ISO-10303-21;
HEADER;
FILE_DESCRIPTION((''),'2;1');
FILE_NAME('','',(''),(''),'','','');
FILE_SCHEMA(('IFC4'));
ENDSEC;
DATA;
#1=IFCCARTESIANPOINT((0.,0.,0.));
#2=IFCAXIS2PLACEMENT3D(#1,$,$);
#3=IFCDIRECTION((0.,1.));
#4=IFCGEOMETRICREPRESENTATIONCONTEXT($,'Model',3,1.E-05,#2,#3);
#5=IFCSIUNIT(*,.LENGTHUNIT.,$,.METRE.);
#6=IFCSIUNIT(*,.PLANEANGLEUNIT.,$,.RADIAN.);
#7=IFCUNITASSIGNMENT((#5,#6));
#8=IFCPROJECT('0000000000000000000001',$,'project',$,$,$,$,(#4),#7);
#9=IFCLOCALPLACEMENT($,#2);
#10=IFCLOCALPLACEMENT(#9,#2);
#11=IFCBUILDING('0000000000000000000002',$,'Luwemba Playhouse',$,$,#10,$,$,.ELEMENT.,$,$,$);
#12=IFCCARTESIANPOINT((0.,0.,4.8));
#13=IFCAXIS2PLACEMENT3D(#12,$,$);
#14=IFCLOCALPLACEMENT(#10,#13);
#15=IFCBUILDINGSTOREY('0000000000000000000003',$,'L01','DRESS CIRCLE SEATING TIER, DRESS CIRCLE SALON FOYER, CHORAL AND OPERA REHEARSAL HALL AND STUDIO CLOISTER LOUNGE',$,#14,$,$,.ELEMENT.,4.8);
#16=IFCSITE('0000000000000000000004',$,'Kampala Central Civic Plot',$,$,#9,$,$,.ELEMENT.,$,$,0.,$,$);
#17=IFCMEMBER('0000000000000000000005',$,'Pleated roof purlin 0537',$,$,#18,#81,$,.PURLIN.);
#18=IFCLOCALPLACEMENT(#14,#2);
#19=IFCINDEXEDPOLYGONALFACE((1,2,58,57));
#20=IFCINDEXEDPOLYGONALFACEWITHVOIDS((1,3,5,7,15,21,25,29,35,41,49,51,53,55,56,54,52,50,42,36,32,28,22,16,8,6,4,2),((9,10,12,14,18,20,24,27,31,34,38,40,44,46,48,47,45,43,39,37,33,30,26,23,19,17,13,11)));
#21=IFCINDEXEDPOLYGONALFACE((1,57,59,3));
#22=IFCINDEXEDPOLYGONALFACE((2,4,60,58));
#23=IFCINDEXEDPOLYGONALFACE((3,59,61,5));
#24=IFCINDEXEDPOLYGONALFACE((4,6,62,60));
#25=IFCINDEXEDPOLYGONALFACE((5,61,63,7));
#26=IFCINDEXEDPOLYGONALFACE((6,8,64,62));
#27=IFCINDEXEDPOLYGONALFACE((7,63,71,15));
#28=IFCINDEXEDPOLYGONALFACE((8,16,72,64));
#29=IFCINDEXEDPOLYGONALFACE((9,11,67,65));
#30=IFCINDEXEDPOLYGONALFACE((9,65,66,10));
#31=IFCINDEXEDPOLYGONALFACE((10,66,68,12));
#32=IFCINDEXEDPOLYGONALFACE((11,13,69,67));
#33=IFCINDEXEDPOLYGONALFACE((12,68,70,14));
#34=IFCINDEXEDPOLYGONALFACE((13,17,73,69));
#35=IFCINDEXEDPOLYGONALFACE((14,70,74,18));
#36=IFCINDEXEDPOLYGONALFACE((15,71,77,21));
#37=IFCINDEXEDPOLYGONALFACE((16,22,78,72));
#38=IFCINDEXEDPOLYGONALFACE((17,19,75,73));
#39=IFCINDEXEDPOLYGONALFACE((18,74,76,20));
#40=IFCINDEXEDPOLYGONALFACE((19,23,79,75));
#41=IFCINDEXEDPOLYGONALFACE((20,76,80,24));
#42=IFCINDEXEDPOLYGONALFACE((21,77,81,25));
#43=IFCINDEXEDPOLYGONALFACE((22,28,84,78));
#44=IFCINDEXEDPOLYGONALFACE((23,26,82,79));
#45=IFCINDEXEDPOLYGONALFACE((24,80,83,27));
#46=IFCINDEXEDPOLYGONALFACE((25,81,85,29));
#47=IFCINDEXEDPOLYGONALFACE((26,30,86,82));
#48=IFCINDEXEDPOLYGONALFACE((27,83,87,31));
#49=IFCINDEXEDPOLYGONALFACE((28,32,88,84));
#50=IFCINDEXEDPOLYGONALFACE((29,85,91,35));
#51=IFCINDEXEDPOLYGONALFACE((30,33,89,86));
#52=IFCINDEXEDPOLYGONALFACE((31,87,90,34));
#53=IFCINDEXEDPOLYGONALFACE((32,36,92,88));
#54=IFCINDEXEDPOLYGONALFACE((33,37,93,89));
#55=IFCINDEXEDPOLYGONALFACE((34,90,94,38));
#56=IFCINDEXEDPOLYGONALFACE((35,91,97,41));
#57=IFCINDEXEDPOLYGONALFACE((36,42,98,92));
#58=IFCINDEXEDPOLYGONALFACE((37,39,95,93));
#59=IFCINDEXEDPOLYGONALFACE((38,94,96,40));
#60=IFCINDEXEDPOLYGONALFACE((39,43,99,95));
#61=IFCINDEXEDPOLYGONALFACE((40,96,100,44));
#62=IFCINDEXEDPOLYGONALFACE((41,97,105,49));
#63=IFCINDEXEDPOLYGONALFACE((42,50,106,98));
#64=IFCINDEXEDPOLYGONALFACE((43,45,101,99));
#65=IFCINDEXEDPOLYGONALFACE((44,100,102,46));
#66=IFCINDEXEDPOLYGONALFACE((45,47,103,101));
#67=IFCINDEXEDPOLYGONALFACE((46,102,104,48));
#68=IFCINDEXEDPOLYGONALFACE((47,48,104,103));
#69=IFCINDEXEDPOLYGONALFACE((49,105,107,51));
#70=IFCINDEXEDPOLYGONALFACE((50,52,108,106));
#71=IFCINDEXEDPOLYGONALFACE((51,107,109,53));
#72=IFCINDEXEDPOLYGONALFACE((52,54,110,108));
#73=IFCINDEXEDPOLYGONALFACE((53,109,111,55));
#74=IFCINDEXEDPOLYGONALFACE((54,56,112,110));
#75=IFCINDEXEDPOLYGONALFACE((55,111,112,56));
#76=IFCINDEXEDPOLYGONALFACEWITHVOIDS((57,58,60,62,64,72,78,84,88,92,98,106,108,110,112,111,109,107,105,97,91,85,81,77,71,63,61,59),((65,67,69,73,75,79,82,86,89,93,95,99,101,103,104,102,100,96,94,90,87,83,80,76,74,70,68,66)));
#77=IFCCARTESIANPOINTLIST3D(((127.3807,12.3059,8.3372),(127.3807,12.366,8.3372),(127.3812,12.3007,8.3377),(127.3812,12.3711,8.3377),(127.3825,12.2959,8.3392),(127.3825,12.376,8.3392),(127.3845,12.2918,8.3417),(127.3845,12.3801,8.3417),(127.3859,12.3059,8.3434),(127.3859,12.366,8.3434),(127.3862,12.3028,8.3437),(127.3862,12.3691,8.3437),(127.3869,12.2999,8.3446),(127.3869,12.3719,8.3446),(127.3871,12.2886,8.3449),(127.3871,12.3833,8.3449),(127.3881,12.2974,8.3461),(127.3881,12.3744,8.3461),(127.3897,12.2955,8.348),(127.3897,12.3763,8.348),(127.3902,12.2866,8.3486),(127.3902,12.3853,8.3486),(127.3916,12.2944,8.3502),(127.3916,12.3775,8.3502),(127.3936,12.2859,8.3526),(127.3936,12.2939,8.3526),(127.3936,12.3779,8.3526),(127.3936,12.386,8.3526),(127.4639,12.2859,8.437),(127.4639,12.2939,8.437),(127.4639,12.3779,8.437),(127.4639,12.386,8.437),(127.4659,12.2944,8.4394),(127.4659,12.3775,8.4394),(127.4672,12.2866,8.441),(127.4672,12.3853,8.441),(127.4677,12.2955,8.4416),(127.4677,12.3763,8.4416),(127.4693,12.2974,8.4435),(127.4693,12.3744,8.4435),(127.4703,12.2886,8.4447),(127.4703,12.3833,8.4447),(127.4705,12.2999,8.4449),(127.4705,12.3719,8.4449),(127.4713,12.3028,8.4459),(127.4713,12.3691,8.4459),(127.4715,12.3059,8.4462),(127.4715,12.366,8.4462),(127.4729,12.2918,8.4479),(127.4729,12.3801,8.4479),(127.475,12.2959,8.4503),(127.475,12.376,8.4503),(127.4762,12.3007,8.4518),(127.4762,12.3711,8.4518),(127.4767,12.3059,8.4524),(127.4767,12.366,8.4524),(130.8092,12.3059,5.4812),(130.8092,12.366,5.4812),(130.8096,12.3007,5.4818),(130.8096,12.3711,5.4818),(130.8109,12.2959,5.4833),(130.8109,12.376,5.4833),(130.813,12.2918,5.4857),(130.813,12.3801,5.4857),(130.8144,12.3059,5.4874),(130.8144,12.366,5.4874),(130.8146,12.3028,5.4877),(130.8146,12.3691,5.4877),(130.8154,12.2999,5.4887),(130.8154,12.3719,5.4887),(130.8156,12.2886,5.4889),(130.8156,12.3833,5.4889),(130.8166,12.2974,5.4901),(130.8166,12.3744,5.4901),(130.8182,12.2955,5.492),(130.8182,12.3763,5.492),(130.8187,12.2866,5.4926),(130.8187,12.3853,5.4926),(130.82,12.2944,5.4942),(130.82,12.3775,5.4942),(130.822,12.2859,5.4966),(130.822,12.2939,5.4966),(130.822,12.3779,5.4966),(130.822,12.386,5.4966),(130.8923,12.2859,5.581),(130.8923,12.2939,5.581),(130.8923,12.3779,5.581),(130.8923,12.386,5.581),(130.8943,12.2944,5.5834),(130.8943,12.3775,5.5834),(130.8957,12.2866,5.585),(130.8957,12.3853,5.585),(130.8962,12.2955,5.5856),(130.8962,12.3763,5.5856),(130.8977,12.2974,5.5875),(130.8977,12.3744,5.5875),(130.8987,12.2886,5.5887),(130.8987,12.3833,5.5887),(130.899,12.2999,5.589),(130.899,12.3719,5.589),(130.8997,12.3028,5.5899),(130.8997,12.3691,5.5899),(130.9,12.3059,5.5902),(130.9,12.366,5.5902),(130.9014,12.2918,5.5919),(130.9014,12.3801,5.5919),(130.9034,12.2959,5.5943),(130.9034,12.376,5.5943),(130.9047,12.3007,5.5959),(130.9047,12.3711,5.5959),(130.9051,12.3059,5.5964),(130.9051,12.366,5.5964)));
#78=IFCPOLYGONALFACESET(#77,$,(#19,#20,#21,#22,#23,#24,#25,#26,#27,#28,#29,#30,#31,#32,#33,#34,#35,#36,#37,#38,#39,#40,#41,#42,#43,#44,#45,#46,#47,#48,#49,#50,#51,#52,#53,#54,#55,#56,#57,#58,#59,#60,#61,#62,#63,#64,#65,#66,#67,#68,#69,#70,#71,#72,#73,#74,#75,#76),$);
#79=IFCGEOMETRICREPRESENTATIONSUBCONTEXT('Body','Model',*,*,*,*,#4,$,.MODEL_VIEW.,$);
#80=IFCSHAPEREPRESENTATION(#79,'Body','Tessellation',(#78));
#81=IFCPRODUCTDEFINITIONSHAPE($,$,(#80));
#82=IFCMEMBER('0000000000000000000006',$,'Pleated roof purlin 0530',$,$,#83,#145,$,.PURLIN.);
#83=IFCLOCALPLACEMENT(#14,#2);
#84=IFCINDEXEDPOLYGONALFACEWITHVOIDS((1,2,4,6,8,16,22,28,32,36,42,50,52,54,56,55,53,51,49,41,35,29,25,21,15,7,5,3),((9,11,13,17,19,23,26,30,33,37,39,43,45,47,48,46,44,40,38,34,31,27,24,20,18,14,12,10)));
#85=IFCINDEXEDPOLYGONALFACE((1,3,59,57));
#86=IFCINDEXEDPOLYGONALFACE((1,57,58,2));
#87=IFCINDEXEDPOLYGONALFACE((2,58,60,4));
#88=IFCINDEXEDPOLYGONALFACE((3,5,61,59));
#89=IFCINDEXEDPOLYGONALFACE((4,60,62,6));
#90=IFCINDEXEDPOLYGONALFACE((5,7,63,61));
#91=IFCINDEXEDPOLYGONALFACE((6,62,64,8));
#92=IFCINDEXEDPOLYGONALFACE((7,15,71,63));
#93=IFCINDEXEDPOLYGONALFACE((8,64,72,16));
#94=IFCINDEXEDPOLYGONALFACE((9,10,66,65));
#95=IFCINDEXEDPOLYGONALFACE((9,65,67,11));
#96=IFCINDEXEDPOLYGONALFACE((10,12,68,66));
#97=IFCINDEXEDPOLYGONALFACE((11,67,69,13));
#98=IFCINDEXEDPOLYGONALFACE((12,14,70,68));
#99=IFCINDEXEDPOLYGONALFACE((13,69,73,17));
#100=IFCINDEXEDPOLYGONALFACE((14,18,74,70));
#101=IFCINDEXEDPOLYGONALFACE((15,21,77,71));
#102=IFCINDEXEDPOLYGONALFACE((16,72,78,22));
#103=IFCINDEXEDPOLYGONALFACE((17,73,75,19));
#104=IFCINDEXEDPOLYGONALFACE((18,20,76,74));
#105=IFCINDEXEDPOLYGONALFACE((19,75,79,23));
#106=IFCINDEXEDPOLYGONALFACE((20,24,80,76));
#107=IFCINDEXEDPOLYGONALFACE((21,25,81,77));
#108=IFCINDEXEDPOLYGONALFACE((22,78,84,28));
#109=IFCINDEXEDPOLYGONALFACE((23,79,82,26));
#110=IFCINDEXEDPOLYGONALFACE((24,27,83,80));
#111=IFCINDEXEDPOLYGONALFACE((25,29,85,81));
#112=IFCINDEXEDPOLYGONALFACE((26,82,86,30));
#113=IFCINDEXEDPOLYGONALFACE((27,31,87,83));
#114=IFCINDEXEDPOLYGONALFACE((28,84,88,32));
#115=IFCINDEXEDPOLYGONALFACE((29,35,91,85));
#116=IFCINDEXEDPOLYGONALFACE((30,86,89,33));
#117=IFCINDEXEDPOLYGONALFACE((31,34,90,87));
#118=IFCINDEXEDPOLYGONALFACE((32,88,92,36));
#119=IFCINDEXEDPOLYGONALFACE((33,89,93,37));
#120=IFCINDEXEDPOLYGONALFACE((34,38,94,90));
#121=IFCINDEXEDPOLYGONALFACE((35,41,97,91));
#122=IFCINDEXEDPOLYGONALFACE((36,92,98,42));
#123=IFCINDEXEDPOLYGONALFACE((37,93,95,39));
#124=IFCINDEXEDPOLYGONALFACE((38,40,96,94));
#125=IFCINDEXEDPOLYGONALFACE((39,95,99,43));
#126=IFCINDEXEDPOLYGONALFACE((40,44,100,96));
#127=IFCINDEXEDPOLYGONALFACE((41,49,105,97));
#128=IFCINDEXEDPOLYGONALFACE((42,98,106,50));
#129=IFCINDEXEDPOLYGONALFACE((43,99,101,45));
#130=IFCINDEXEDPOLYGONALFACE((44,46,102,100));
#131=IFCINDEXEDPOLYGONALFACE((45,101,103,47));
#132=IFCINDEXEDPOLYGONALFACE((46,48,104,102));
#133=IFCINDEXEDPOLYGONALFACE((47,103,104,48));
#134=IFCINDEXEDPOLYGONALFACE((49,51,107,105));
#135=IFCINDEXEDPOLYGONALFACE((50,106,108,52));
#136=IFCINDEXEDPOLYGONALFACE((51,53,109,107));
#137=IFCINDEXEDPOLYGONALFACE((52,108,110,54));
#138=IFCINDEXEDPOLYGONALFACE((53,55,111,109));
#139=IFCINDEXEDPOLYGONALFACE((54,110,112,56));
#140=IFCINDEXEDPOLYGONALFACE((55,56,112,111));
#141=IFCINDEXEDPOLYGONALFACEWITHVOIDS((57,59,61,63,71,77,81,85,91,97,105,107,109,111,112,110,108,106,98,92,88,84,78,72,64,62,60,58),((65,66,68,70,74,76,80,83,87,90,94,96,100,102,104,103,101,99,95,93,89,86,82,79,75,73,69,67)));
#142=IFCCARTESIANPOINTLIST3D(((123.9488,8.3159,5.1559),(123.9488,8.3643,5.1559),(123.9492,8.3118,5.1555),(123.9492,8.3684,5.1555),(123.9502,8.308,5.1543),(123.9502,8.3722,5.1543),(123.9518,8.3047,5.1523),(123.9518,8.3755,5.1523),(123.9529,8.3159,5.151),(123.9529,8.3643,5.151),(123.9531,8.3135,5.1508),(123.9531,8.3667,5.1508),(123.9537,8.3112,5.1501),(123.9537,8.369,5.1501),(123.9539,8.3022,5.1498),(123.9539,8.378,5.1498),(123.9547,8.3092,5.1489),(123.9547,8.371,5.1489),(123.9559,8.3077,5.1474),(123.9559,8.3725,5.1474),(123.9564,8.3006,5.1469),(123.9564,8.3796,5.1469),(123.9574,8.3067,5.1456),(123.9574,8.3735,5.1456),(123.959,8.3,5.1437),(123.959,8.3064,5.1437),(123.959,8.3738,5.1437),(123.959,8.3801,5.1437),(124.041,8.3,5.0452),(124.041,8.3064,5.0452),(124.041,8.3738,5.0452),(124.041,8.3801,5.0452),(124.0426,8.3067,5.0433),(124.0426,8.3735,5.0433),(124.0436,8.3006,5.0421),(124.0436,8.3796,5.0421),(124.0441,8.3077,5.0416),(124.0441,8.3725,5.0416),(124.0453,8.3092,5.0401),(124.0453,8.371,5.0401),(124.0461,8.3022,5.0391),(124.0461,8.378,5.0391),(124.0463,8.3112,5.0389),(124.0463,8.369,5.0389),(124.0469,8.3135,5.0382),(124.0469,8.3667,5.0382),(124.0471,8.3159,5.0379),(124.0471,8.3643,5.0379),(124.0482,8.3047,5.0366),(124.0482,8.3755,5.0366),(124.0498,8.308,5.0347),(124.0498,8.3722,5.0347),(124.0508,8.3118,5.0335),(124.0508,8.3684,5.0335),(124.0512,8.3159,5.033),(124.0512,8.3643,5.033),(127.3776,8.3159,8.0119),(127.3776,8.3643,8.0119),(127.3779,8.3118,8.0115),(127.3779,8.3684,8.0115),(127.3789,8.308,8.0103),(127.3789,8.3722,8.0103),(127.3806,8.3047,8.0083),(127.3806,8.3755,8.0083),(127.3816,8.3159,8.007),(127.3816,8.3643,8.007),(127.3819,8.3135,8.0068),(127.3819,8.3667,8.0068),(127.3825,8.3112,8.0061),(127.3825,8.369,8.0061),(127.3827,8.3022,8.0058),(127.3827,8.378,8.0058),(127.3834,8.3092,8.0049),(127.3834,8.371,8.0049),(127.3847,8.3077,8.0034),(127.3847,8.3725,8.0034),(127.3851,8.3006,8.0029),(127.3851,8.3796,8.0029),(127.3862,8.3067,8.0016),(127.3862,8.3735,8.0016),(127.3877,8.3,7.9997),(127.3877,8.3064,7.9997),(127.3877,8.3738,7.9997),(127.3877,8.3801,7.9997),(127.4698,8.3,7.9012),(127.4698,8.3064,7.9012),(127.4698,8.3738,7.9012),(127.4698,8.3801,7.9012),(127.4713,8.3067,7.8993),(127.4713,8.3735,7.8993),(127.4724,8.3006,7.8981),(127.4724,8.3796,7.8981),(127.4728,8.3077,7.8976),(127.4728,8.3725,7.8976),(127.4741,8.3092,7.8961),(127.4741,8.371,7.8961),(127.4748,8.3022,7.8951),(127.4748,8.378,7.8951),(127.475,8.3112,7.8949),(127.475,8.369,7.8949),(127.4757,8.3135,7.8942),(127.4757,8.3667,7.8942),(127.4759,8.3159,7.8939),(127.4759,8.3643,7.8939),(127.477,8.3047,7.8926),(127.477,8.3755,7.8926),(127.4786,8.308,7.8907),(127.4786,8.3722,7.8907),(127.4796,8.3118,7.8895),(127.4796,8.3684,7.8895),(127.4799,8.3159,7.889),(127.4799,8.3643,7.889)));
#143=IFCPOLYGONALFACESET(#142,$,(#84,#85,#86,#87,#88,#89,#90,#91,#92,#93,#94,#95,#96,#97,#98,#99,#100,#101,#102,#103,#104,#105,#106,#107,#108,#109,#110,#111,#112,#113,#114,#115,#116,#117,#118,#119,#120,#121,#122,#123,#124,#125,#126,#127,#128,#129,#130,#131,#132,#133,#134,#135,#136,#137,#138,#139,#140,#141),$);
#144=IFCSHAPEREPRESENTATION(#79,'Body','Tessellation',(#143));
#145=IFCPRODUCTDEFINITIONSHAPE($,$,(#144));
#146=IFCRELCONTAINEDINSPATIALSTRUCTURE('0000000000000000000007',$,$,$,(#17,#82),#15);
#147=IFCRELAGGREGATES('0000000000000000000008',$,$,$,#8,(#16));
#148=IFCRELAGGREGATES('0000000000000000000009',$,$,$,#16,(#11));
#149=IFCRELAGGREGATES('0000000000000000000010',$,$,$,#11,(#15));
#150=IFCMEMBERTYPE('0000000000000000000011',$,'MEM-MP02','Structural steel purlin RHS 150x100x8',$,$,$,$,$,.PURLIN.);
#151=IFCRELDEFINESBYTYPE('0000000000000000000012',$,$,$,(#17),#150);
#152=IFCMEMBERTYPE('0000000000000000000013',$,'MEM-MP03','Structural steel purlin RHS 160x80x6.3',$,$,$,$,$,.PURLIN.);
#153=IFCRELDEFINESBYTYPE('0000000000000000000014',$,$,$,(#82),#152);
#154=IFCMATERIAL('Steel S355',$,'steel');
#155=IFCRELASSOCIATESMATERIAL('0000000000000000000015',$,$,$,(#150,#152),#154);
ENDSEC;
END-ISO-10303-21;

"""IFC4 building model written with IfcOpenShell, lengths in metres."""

from ifc_helpers import new_model, si_unit, direction, frame, origin, origin_2d, place, context, subcontext, project, spatial, hollow_rectangle, extrude, material, material_profile, profile_set, type_object, element, save


model = new_model("IFC4")

# Units and contexts
model_context = context("Model", 3, precision=1e-05, world=origin(), true_north=direction((0.0, 1.0)))
body_context = subcontext(model_context, "Body", "Model", "MODEL_VIEW")
ifc_project = project(units=[si_unit("LENGTHUNIT", "METRE"), si_unit("PLANEANGLEUNIT", "RADIAN")], contexts=[model_context])

# Site, building, storey
site_placement = place(None, origin())
site = spatial("IfcSite", under=ifc_project, at=site_placement, Name="Kampala Central Civic Plot", CompositionType="ELEMENT", RefElevation=0.0)
building_placement = place(site_placement, origin())
building = spatial("IfcBuilding", under=site, at=building_placement, Name="Luwemba Playhouse", CompositionType="ELEMENT")
storey_placement = place(building_placement, frame((0.0, 0.0, 4.8)))
storey = spatial("IfcBuildingStorey", under=building, at=storey_placement, Name="L01", Description="DRESS CIRCLE SEATING TIER, DRESS CIRCLE SALON FOYER, CHORAL AND OPERA REHEARSAL HALL AND STUDIO CLOISTER LOUNGE", CompositionType="ELEMENT", Elevation=4.8)

# Shared definitions
ifc_material_1 = material(Name="Steel S355", Category="steel")

# Members
ifc_material_profile_1 = material_profile(ifc_material_1, hollow_rectangle(XDim=0.1001, YDim=0.1499, WallThickness=0.0081, InnerFilletRadius=0.012, OuterFilletRadius=0.02, at=origin_2d()))
ifc_profile_set_1 = profile_set([ifc_material_profile_1], Name="Steel S355")
member_type_1 = type_object("IfcMemberType", Name="MEM-MP02", Description="Structural steel purlin RHS 150x100x8", PredefinedType="PURLIN", material=ifc_profile_set_1)
member_1_placement = place(storey_placement, frame((127.4287, 12.3359, 8.3948), z_axis=(0.768342, 0.0, -0.640039), x_axis=(0.0, 1.0, 0.0)))
element("IfcMember", 1, at=member_1_placement, inside=storey, type_object=member_type_1, Name="Pleated roof purlin 0537", PredefinedType="PURLIN", context=body_context, shape_type="SweptSolid", body=[
    extrude(hollow_rectangle(XDim=0.1001, YDim=0.1499, WallThickness=0.0081, InnerFilletRadius=0.012, OuterFilletRadius=0.02, at=origin_2d()), origin(), (0.0, 0.0, 1.0), 4.4622),
])
ifc_material_profile_2 = material_profile(ifc_material_1, hollow_rectangle(XDim=0.0801, YDim=0.1599, WallThickness=0.0063, InnerFilletRadius=0.0095, OuterFilletRadius=0.0159, at=origin_2d()))
ifc_profile_set_2 = profile_set([ifc_material_profile_2], Name="Steel S355")
member_type_2 = type_object("IfcMemberType", Name="MEM-MP03", Description="Structural steel purlin RHS 160x80x6.3", PredefinedType="PURLIN", material=ifc_profile_set_2)
member_2_placement = place(storey_placement, frame((124.0, 8.3401, 5.0945), z_axis=(0.768365, 0.0, 0.640012), x_axis=(0.0, 1.0, 0.0)))
element("IfcMember", 2, at=member_2_placement, inside=storey, type_object=member_type_2, Name="Pleated roof purlin 0530", PredefinedType="PURLIN", context=body_context, shape_type="SweptSolid", body=[
    extrude(hollow_rectangle(XDim=0.0801, YDim=0.1599, WallThickness=0.0063, InnerFilletRadius=0.0095, OuterFilletRadius=0.0159, at=origin_2d()), origin(), (0.0, 0.0, 1.0), 4.4624),
])

save(model, "model.ifc")
